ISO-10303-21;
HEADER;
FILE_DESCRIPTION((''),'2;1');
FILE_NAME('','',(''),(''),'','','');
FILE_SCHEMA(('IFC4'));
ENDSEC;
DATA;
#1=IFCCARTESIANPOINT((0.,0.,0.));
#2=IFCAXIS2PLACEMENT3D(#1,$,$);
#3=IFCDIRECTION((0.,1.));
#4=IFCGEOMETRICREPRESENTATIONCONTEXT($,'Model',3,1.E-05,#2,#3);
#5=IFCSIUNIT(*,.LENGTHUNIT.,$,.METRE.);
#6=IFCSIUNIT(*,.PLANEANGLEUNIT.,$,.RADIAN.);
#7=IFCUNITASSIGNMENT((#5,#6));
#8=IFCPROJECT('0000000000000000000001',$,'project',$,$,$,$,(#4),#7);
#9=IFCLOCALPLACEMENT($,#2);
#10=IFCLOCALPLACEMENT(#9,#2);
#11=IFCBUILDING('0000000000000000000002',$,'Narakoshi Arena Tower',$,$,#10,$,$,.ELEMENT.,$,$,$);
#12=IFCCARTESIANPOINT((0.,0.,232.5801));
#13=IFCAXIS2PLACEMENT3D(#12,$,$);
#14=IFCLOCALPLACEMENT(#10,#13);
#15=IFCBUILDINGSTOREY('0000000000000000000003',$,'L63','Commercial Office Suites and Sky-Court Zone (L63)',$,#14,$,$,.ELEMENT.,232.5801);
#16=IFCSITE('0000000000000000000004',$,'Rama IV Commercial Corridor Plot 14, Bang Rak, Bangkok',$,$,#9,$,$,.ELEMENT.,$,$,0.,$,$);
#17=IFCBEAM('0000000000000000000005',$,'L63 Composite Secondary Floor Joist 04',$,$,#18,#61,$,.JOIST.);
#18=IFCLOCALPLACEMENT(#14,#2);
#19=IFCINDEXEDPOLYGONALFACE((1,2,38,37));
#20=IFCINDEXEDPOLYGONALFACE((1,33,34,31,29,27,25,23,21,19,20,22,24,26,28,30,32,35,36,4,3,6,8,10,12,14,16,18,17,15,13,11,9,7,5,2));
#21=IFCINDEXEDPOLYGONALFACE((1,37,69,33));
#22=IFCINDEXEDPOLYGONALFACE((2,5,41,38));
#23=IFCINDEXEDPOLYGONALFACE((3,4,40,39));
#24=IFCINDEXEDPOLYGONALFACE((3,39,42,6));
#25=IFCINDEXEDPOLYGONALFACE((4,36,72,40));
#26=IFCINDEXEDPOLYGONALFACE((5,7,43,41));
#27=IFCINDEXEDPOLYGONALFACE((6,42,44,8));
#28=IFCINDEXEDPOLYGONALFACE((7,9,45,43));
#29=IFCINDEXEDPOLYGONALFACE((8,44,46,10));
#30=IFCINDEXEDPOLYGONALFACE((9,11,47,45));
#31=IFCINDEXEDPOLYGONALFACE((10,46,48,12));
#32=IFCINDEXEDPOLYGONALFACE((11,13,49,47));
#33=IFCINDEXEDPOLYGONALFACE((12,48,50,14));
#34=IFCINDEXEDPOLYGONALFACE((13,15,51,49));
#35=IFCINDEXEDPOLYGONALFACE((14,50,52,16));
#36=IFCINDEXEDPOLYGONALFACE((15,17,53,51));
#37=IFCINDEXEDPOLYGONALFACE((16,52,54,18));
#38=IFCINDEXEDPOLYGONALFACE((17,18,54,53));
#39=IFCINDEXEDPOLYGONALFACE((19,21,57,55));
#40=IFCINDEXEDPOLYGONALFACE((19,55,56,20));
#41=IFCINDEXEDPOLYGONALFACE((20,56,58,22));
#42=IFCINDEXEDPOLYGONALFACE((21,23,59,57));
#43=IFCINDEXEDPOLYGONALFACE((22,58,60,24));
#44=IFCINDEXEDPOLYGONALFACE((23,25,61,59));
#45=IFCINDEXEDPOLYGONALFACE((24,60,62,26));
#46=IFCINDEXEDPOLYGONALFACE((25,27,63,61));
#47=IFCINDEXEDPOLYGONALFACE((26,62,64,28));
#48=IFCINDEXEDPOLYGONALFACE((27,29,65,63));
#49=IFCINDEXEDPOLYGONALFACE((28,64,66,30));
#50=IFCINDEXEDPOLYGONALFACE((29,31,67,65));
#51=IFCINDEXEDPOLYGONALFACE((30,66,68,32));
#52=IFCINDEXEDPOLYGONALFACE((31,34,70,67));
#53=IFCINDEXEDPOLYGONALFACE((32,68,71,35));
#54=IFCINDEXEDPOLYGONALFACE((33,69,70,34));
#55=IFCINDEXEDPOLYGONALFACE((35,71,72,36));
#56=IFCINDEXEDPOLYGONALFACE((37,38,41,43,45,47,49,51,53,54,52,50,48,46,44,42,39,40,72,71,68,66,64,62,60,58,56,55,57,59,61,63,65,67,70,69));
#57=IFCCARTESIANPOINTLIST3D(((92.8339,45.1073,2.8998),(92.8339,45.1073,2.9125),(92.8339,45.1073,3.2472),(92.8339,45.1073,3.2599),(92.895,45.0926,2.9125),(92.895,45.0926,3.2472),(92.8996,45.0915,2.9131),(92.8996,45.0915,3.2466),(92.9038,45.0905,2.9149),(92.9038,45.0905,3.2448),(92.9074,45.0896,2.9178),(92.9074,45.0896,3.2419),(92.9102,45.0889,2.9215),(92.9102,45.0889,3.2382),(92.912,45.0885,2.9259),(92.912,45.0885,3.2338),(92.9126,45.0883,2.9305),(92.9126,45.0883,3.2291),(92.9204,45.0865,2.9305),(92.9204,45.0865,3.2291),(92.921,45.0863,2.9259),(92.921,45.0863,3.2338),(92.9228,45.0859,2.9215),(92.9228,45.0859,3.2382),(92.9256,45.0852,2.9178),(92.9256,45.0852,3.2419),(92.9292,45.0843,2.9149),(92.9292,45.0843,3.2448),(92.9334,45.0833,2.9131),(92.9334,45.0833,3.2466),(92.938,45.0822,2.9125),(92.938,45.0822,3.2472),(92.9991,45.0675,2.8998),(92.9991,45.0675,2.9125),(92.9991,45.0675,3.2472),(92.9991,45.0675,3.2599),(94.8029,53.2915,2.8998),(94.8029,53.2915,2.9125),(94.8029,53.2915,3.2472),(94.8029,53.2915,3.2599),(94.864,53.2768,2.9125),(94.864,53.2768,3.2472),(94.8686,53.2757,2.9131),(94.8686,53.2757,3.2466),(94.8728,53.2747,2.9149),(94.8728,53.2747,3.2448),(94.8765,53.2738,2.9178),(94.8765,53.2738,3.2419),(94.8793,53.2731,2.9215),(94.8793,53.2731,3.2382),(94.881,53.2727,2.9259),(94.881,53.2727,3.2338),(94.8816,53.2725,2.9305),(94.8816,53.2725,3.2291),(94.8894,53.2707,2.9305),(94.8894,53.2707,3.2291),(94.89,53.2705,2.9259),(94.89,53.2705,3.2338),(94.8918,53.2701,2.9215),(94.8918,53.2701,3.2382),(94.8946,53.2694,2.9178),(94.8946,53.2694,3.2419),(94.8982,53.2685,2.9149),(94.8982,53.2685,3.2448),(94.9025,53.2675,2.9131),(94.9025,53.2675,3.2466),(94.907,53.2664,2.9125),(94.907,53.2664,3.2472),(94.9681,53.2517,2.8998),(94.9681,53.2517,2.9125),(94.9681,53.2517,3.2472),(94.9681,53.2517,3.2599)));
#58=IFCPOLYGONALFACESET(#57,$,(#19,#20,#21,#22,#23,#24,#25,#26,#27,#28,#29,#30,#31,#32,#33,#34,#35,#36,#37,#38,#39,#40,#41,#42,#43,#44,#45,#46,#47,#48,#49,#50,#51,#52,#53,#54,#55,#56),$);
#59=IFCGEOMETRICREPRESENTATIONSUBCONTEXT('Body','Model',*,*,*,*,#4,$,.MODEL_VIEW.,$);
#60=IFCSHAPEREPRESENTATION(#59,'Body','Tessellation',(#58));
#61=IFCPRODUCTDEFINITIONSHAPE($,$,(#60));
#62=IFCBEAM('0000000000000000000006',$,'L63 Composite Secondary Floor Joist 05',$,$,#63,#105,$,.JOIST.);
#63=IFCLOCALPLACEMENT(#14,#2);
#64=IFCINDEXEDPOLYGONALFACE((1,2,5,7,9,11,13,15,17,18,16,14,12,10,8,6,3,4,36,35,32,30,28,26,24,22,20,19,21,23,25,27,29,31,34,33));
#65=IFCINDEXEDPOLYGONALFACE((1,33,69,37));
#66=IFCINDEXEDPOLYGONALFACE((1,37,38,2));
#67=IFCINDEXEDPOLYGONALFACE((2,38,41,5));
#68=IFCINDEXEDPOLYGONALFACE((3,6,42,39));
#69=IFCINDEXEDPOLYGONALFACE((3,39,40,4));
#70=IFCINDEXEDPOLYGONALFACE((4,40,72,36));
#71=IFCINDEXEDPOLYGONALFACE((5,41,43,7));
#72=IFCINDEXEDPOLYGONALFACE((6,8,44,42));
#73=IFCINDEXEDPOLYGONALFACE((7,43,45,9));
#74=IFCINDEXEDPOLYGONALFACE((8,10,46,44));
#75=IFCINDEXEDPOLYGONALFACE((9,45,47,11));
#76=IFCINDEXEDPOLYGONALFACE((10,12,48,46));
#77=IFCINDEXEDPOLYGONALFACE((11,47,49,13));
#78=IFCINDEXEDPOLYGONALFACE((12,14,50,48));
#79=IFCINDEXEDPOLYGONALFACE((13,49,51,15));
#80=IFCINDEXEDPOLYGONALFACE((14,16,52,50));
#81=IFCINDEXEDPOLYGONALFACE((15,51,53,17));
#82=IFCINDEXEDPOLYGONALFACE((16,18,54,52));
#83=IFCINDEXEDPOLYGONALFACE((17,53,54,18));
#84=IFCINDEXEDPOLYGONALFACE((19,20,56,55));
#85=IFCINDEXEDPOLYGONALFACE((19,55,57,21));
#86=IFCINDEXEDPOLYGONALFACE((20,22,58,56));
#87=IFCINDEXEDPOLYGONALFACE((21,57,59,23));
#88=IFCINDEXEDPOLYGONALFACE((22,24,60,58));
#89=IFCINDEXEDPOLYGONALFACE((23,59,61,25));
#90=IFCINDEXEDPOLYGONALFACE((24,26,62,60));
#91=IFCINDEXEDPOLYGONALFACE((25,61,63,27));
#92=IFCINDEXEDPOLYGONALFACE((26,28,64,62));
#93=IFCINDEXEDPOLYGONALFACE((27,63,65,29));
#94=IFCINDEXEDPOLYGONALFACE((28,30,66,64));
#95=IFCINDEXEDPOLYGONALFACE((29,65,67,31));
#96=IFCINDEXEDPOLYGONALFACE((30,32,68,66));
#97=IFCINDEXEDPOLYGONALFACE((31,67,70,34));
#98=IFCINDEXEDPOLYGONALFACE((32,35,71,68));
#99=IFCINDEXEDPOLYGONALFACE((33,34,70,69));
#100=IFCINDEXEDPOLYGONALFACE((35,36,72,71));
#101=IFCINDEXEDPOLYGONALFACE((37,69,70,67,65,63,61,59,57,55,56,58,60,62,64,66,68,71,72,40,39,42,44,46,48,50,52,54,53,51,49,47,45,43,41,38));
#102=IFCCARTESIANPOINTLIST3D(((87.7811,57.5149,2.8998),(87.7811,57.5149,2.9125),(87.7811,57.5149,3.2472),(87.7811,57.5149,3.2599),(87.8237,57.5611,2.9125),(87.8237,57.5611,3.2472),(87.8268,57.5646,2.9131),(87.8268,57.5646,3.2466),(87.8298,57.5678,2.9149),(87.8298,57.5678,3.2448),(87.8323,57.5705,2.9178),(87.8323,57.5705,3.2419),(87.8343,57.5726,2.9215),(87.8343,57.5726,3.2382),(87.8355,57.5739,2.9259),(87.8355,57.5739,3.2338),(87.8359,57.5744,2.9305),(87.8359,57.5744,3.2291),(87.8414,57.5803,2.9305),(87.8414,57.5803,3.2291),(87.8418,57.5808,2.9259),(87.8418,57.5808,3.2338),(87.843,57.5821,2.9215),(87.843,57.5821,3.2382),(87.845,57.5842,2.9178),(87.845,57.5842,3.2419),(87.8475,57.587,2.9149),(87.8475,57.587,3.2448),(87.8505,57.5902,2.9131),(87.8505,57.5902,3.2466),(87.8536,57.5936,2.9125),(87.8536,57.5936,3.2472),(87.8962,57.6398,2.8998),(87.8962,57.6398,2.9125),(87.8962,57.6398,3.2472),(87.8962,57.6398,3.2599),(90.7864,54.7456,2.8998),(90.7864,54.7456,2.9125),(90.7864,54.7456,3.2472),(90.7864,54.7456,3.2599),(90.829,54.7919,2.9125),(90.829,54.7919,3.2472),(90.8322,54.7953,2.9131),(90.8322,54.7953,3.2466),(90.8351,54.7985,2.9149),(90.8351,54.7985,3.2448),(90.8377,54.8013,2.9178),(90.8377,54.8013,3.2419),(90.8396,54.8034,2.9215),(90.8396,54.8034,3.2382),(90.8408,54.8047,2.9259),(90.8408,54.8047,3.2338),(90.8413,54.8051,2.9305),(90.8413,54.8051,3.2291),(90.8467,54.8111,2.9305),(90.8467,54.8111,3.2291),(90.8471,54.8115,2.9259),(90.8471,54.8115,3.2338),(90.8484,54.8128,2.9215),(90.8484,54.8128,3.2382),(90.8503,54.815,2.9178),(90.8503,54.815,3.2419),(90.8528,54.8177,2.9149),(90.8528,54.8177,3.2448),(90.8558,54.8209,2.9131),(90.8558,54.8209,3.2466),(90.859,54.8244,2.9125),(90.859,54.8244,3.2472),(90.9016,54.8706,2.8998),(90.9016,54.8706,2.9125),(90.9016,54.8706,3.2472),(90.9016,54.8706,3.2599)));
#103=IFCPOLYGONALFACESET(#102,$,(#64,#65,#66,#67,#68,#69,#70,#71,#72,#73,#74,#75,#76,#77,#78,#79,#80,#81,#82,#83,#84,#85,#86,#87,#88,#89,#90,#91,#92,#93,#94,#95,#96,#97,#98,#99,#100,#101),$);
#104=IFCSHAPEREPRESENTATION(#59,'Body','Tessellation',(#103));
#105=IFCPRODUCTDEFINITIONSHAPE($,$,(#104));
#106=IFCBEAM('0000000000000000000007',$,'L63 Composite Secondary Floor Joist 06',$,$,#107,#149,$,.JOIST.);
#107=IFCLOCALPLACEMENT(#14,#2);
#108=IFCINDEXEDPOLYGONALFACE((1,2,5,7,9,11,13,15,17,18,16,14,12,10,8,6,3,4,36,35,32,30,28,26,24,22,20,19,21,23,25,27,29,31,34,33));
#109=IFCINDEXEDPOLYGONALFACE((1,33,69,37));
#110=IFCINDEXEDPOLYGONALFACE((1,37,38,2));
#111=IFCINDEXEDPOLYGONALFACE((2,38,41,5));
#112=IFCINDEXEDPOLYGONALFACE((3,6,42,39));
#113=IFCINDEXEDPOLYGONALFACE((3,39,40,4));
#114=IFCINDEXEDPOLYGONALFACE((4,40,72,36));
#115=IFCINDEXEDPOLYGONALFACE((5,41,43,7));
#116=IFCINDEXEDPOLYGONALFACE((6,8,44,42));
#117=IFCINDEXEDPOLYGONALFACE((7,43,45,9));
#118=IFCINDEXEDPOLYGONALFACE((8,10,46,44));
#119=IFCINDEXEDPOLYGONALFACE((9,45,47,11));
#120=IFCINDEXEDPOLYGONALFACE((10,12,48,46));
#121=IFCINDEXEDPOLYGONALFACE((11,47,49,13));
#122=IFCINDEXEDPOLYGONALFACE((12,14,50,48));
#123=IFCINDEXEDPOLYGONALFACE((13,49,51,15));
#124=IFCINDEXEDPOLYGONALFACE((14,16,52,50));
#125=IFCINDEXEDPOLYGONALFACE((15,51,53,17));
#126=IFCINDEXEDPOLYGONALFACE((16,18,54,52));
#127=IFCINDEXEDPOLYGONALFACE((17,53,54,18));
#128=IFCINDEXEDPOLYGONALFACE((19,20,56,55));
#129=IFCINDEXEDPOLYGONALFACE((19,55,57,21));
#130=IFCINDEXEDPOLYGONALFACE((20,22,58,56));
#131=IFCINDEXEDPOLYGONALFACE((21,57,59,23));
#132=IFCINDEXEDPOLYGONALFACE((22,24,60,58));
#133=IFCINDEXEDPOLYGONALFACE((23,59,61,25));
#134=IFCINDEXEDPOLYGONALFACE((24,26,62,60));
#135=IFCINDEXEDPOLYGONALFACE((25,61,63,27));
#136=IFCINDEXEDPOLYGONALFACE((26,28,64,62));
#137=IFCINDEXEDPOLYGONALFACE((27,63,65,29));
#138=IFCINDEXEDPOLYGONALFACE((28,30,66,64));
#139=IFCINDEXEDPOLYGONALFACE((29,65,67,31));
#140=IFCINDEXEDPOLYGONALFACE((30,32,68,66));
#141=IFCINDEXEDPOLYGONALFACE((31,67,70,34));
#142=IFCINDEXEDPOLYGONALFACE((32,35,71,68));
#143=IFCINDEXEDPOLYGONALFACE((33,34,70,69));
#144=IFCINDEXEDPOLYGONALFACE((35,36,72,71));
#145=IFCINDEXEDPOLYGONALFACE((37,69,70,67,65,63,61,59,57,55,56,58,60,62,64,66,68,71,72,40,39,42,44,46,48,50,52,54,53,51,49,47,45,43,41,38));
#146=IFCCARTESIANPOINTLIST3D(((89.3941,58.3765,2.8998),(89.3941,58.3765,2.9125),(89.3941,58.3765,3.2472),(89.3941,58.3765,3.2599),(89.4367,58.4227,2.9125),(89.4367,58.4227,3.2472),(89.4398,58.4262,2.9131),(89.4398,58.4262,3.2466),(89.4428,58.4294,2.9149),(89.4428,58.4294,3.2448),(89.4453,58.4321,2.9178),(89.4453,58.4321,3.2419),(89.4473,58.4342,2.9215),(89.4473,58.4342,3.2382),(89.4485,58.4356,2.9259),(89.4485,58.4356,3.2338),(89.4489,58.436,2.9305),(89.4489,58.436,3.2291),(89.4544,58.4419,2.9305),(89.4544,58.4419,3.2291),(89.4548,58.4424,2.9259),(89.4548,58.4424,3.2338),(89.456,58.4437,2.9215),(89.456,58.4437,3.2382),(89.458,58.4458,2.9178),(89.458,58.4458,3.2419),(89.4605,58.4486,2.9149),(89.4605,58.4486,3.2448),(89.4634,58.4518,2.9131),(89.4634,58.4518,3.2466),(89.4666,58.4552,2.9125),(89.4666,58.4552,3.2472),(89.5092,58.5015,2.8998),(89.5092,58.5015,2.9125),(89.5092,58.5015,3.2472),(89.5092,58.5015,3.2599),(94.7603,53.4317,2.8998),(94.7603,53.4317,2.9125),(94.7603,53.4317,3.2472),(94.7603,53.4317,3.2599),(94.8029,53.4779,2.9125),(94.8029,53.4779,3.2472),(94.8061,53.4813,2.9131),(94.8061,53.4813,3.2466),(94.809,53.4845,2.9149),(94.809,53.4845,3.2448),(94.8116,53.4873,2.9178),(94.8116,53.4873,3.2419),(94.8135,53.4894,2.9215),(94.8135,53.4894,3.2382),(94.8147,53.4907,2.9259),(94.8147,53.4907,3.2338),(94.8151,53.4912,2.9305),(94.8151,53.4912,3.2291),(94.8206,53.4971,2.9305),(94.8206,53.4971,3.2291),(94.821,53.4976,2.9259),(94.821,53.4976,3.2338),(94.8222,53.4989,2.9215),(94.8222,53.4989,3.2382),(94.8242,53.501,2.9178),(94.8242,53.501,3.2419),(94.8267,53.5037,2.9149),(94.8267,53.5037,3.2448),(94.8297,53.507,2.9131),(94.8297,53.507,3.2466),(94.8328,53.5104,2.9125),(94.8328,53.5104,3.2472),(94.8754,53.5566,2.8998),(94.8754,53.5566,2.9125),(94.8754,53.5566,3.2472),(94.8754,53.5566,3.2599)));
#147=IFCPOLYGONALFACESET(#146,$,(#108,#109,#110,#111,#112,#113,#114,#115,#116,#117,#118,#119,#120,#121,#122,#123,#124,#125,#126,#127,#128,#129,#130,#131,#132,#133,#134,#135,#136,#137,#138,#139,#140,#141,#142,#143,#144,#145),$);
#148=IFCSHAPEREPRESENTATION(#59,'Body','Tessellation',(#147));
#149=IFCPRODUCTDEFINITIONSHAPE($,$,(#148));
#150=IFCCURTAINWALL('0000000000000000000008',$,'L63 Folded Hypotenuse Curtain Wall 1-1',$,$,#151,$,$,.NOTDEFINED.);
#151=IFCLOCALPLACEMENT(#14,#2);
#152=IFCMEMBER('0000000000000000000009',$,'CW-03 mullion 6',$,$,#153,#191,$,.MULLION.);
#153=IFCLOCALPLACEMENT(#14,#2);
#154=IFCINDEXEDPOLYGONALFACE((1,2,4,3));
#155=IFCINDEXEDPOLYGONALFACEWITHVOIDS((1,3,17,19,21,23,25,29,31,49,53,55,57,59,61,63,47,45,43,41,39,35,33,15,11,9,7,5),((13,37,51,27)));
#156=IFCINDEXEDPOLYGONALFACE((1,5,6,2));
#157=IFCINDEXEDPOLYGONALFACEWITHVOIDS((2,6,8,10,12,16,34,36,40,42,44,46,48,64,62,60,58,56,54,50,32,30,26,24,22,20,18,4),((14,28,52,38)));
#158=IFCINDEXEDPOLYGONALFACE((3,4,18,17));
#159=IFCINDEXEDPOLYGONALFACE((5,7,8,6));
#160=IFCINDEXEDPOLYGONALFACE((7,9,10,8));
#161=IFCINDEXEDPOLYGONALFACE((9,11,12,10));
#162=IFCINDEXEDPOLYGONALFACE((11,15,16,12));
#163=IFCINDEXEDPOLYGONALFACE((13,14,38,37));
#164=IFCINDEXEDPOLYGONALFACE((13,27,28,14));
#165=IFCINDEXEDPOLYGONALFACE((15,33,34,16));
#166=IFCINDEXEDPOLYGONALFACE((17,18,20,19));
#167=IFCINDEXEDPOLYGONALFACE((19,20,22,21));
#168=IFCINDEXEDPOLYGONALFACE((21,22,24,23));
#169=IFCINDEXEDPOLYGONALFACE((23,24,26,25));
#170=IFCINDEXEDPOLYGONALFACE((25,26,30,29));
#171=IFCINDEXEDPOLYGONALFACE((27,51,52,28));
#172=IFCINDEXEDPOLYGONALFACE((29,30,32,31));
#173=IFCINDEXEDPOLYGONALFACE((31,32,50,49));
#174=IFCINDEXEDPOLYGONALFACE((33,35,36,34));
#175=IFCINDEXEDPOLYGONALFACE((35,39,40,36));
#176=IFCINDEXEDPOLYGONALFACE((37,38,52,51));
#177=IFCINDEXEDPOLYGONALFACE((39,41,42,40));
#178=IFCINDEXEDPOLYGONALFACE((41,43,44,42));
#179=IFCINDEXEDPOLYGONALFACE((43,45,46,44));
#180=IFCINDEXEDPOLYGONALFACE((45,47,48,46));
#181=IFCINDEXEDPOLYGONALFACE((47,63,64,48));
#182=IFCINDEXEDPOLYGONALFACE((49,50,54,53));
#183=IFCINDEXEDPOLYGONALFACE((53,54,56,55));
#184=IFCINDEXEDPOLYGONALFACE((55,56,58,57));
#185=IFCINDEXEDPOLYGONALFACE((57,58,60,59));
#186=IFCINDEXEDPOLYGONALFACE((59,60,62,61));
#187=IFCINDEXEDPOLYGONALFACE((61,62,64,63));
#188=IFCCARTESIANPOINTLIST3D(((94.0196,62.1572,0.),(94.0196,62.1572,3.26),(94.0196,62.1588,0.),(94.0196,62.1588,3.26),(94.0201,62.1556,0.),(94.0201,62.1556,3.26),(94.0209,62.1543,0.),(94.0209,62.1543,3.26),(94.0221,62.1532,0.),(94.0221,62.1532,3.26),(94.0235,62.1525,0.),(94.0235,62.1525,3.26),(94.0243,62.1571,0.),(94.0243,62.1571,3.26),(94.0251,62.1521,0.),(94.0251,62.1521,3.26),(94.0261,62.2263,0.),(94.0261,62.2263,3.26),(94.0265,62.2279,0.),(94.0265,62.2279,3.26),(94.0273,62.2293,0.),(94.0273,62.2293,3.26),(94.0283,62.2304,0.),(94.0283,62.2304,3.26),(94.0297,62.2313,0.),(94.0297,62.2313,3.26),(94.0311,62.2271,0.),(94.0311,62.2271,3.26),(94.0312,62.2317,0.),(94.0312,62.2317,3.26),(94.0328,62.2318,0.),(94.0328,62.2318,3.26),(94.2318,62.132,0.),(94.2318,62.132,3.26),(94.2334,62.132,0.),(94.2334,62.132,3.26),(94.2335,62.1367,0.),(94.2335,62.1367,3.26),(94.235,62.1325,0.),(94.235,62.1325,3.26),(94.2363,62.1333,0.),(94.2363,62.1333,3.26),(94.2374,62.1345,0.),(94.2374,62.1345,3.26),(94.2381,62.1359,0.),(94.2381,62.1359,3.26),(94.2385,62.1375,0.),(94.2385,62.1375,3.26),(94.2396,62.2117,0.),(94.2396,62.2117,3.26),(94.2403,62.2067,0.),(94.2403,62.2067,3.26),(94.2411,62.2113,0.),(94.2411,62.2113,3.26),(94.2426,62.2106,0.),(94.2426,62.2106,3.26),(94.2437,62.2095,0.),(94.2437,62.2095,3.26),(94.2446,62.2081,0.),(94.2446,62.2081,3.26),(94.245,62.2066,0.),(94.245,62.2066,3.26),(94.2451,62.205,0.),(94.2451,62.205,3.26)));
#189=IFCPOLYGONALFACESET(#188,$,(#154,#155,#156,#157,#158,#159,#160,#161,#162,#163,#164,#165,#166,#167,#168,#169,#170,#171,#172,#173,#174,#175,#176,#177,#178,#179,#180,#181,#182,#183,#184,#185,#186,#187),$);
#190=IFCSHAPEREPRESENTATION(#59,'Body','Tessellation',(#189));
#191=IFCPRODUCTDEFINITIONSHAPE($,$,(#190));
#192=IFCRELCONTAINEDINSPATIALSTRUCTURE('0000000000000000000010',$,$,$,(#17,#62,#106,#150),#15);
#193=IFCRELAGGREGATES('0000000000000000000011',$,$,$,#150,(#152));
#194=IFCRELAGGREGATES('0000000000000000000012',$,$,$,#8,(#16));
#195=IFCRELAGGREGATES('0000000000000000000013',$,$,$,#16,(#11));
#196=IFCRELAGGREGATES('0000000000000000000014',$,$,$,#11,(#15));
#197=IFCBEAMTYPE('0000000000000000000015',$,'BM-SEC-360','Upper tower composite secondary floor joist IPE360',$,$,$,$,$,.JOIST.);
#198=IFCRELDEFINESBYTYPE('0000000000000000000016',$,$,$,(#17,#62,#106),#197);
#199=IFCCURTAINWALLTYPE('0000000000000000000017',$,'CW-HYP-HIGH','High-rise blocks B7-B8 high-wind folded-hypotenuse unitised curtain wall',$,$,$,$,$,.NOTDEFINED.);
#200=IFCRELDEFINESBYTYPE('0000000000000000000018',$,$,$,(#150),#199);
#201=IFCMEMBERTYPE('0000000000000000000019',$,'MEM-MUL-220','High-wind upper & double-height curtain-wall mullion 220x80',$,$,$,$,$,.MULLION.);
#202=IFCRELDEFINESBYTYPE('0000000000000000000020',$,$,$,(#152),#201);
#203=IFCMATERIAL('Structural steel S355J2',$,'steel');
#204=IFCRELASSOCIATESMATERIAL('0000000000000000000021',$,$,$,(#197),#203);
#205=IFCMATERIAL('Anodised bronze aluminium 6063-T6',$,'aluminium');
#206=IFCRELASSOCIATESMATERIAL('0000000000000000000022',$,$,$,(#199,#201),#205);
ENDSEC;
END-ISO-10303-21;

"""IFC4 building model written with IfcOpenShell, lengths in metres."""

from ifc_helpers import new_model, si_unit, direction, frame, origin, origin_2d, place, context, subcontext, project, spatial, hollow_rectangle, i_section, extrude, material, material_profile, profile_set, type_object, element, aggregate, save


model = new_model("IFC4")

# Units and contexts
model_context = context("Model", 3, precision=1e-05, world=origin(), true_north=direction((0.0, 1.0)))
body_context = subcontext(model_context, "Body", "Model", "MODEL_VIEW")
ifc_project = project(units=[si_unit("LENGTHUNIT", "METRE"), si_unit("PLANEANGLEUNIT", "RADIAN")], contexts=[model_context])

# Site, building, storey
site_placement = place(None, origin())
site = spatial("IfcSite", under=ifc_project, at=site_placement, Name="Rama IV Commercial Corridor Plot 14, Bang Rak, Bangkok", CompositionType="ELEMENT", RefElevation=0.0)
building_placement = place(site_placement, origin())
building = spatial("IfcBuilding", under=site, at=building_placement, Name="Narakoshi Arena Tower", CompositionType="ELEMENT")
storey_placement = place(building_placement, frame((0.0, 0.0, 232.5801)))
storey = spatial("IfcBuildingStorey", under=building, at=storey_placement, Name="L63", Description="Commercial Office Suites and Sky-Court Zone (L63)", CompositionType="ELEMENT", Elevation=232.5801)

# Beams
ifc_material_1 = material(Name="Structural steel S355J2", Category="steel")
ifc_material_profile_1 = material_profile(ifc_material_1, i_section(OverallWidth=0.1699, OverallDepth=0.3601, WebThickness=0.0081, FlangeThickness=0.0127, FilletRadius=0.0181, at=origin_2d()), Name="IPE360")
ifc_profile_set_1 = profile_set([ifc_material_profile_1], Name="Structural steel S355J2")
beam_type_1 = type_object("IfcBeamType", Name="BM-SEC-360", Description="Upper tower composite secondary floor joist IPE360", PredefinedType="JOIST", material=ifc_profile_set_1)
beam_1_placement = place(storey_placement, frame((92.9165, 45.0874, 3.0798), z_axis=(0.233914, 0.972257, 0.0), x_axis=(-0.972257, 0.233914, 0.0)))
element("IfcBeam", 1, at=beam_1_placement, inside=storey, type_object=beam_type_1, Name="L63 Composite Secondary Floor Joist 04", PredefinedType="JOIST", context=body_context, shape_type="SweptSolid", body=[
    extrude(i_section(OverallWidth=0.1699, OverallDepth=0.3601, WebThickness=0.0081, FlangeThickness=0.0127, FilletRadius=0.0181, at=origin_2d()), origin(), (0.0, 0.0, 1.0), 8.4177),
])
beam_2_placement = place(storey_placement, frame((90.844, 54.8081, 3.0798), z_axis=(-0.735401, 0.677632, 0.0), x_axis=(-0.677632, -0.735401, 0.0)))
element("IfcBeam", 2, at=beam_2_placement, inside=storey, type_object=beam_type_1, Name="L63 Composite Secondary Floor Joist 05", PredefinedType="JOIST", context=body_context, shape_type="SweptSolid", body=[
    extrude(i_section(OverallWidth=0.1699, OverallDepth=0.3601, WebThickness=0.0081, FlangeThickness=0.0127, FilletRadius=0.0181, at=origin_2d()), origin(), (0.0, 0.0, 1.0), 4.0867),
])
beam_3_placement = place(storey_placement, frame((94.8179, 53.4941, 3.0798), z_axis=(-0.735391, 0.677643, 0.0), x_axis=(-0.677643, -0.735391, 0.0)))
element("IfcBeam", 3, at=beam_3_placement, inside=storey, type_object=beam_type_1, Name="L63 Composite Secondary Floor Joist 06", PredefinedType="JOIST", context=body_context, shape_type="SweptSolid", body=[
    extrude(i_section(OverallWidth=0.1699, OverallDepth=0.3601, WebThickness=0.0081, FlangeThickness=0.0127, FilletRadius=0.0181, at=origin_2d()), origin(), (0.0, 0.0, 1.0), 7.2971),
])

# Curtain wall, member
ifc_material_2 = material(Name="Anodised bronze aluminium 6063-T6", Category="aluminium")
curtain_wall_type = type_object("IfcCurtainWallType", Name="CW-HYP-HIGH", Description="High-rise blocks B7-B8 high-wind folded-hypotenuse unitised curtain wall", PredefinedType="NOTDEFINED", material=ifc_material_2)
curtain_wall_1_placement = place(storey_placement, origin())
curtain_wall_1 = element("IfcCurtainWall", 4, at=curtain_wall_1_placement, inside=storey, type_object=curtain_wall_type, Name="L63 Folded Hypotenuse Curtain Wall 1-1", PredefinedType="NOTDEFINED")
ifc_material_profile_2 = material_profile(ifc_material_2, hollow_rectangle(XDim=0.0801, YDim=0.22, WallThickness=0.0049, OuterFilletRadius=0.0061, at=origin_2d()), Name="MUL220x80x5")
ifc_profile_set_2 = profile_set([ifc_material_profile_2], Name="Anodised bronze aluminium 6063-T6")
member_type_1 = type_object("IfcMemberType", Name="MEM-MUL-220", Description="High-wind upper & double-height curtain-wall mullion 220x80", PredefinedType="MULLION", material=ifc_profile_set_2)
member_1_placement = place(storey_placement, frame((94.1323, 62.1819, 0.0), z_axis=(0.0, 0.0, 1.0), x_axis=(-0.096851, -0.995299, 0.0)))
member_1 = element("IfcMember", 5, at=member_1_placement, type_object=member_type_1, Name="CW-03 mullion 6", PredefinedType="MULLION", context=body_context, shape_type="SweptSolid", body=[
    extrude(hollow_rectangle(XDim=0.0801, YDim=0.22, WallThickness=0.0049, OuterFilletRadius=0.0061, at=origin_2d()), origin(), (0.0, 0.0, 1.0), 3.26),
])

aggregate(curtain_wall_1, [member_1])

save(model, "model.ifc")
